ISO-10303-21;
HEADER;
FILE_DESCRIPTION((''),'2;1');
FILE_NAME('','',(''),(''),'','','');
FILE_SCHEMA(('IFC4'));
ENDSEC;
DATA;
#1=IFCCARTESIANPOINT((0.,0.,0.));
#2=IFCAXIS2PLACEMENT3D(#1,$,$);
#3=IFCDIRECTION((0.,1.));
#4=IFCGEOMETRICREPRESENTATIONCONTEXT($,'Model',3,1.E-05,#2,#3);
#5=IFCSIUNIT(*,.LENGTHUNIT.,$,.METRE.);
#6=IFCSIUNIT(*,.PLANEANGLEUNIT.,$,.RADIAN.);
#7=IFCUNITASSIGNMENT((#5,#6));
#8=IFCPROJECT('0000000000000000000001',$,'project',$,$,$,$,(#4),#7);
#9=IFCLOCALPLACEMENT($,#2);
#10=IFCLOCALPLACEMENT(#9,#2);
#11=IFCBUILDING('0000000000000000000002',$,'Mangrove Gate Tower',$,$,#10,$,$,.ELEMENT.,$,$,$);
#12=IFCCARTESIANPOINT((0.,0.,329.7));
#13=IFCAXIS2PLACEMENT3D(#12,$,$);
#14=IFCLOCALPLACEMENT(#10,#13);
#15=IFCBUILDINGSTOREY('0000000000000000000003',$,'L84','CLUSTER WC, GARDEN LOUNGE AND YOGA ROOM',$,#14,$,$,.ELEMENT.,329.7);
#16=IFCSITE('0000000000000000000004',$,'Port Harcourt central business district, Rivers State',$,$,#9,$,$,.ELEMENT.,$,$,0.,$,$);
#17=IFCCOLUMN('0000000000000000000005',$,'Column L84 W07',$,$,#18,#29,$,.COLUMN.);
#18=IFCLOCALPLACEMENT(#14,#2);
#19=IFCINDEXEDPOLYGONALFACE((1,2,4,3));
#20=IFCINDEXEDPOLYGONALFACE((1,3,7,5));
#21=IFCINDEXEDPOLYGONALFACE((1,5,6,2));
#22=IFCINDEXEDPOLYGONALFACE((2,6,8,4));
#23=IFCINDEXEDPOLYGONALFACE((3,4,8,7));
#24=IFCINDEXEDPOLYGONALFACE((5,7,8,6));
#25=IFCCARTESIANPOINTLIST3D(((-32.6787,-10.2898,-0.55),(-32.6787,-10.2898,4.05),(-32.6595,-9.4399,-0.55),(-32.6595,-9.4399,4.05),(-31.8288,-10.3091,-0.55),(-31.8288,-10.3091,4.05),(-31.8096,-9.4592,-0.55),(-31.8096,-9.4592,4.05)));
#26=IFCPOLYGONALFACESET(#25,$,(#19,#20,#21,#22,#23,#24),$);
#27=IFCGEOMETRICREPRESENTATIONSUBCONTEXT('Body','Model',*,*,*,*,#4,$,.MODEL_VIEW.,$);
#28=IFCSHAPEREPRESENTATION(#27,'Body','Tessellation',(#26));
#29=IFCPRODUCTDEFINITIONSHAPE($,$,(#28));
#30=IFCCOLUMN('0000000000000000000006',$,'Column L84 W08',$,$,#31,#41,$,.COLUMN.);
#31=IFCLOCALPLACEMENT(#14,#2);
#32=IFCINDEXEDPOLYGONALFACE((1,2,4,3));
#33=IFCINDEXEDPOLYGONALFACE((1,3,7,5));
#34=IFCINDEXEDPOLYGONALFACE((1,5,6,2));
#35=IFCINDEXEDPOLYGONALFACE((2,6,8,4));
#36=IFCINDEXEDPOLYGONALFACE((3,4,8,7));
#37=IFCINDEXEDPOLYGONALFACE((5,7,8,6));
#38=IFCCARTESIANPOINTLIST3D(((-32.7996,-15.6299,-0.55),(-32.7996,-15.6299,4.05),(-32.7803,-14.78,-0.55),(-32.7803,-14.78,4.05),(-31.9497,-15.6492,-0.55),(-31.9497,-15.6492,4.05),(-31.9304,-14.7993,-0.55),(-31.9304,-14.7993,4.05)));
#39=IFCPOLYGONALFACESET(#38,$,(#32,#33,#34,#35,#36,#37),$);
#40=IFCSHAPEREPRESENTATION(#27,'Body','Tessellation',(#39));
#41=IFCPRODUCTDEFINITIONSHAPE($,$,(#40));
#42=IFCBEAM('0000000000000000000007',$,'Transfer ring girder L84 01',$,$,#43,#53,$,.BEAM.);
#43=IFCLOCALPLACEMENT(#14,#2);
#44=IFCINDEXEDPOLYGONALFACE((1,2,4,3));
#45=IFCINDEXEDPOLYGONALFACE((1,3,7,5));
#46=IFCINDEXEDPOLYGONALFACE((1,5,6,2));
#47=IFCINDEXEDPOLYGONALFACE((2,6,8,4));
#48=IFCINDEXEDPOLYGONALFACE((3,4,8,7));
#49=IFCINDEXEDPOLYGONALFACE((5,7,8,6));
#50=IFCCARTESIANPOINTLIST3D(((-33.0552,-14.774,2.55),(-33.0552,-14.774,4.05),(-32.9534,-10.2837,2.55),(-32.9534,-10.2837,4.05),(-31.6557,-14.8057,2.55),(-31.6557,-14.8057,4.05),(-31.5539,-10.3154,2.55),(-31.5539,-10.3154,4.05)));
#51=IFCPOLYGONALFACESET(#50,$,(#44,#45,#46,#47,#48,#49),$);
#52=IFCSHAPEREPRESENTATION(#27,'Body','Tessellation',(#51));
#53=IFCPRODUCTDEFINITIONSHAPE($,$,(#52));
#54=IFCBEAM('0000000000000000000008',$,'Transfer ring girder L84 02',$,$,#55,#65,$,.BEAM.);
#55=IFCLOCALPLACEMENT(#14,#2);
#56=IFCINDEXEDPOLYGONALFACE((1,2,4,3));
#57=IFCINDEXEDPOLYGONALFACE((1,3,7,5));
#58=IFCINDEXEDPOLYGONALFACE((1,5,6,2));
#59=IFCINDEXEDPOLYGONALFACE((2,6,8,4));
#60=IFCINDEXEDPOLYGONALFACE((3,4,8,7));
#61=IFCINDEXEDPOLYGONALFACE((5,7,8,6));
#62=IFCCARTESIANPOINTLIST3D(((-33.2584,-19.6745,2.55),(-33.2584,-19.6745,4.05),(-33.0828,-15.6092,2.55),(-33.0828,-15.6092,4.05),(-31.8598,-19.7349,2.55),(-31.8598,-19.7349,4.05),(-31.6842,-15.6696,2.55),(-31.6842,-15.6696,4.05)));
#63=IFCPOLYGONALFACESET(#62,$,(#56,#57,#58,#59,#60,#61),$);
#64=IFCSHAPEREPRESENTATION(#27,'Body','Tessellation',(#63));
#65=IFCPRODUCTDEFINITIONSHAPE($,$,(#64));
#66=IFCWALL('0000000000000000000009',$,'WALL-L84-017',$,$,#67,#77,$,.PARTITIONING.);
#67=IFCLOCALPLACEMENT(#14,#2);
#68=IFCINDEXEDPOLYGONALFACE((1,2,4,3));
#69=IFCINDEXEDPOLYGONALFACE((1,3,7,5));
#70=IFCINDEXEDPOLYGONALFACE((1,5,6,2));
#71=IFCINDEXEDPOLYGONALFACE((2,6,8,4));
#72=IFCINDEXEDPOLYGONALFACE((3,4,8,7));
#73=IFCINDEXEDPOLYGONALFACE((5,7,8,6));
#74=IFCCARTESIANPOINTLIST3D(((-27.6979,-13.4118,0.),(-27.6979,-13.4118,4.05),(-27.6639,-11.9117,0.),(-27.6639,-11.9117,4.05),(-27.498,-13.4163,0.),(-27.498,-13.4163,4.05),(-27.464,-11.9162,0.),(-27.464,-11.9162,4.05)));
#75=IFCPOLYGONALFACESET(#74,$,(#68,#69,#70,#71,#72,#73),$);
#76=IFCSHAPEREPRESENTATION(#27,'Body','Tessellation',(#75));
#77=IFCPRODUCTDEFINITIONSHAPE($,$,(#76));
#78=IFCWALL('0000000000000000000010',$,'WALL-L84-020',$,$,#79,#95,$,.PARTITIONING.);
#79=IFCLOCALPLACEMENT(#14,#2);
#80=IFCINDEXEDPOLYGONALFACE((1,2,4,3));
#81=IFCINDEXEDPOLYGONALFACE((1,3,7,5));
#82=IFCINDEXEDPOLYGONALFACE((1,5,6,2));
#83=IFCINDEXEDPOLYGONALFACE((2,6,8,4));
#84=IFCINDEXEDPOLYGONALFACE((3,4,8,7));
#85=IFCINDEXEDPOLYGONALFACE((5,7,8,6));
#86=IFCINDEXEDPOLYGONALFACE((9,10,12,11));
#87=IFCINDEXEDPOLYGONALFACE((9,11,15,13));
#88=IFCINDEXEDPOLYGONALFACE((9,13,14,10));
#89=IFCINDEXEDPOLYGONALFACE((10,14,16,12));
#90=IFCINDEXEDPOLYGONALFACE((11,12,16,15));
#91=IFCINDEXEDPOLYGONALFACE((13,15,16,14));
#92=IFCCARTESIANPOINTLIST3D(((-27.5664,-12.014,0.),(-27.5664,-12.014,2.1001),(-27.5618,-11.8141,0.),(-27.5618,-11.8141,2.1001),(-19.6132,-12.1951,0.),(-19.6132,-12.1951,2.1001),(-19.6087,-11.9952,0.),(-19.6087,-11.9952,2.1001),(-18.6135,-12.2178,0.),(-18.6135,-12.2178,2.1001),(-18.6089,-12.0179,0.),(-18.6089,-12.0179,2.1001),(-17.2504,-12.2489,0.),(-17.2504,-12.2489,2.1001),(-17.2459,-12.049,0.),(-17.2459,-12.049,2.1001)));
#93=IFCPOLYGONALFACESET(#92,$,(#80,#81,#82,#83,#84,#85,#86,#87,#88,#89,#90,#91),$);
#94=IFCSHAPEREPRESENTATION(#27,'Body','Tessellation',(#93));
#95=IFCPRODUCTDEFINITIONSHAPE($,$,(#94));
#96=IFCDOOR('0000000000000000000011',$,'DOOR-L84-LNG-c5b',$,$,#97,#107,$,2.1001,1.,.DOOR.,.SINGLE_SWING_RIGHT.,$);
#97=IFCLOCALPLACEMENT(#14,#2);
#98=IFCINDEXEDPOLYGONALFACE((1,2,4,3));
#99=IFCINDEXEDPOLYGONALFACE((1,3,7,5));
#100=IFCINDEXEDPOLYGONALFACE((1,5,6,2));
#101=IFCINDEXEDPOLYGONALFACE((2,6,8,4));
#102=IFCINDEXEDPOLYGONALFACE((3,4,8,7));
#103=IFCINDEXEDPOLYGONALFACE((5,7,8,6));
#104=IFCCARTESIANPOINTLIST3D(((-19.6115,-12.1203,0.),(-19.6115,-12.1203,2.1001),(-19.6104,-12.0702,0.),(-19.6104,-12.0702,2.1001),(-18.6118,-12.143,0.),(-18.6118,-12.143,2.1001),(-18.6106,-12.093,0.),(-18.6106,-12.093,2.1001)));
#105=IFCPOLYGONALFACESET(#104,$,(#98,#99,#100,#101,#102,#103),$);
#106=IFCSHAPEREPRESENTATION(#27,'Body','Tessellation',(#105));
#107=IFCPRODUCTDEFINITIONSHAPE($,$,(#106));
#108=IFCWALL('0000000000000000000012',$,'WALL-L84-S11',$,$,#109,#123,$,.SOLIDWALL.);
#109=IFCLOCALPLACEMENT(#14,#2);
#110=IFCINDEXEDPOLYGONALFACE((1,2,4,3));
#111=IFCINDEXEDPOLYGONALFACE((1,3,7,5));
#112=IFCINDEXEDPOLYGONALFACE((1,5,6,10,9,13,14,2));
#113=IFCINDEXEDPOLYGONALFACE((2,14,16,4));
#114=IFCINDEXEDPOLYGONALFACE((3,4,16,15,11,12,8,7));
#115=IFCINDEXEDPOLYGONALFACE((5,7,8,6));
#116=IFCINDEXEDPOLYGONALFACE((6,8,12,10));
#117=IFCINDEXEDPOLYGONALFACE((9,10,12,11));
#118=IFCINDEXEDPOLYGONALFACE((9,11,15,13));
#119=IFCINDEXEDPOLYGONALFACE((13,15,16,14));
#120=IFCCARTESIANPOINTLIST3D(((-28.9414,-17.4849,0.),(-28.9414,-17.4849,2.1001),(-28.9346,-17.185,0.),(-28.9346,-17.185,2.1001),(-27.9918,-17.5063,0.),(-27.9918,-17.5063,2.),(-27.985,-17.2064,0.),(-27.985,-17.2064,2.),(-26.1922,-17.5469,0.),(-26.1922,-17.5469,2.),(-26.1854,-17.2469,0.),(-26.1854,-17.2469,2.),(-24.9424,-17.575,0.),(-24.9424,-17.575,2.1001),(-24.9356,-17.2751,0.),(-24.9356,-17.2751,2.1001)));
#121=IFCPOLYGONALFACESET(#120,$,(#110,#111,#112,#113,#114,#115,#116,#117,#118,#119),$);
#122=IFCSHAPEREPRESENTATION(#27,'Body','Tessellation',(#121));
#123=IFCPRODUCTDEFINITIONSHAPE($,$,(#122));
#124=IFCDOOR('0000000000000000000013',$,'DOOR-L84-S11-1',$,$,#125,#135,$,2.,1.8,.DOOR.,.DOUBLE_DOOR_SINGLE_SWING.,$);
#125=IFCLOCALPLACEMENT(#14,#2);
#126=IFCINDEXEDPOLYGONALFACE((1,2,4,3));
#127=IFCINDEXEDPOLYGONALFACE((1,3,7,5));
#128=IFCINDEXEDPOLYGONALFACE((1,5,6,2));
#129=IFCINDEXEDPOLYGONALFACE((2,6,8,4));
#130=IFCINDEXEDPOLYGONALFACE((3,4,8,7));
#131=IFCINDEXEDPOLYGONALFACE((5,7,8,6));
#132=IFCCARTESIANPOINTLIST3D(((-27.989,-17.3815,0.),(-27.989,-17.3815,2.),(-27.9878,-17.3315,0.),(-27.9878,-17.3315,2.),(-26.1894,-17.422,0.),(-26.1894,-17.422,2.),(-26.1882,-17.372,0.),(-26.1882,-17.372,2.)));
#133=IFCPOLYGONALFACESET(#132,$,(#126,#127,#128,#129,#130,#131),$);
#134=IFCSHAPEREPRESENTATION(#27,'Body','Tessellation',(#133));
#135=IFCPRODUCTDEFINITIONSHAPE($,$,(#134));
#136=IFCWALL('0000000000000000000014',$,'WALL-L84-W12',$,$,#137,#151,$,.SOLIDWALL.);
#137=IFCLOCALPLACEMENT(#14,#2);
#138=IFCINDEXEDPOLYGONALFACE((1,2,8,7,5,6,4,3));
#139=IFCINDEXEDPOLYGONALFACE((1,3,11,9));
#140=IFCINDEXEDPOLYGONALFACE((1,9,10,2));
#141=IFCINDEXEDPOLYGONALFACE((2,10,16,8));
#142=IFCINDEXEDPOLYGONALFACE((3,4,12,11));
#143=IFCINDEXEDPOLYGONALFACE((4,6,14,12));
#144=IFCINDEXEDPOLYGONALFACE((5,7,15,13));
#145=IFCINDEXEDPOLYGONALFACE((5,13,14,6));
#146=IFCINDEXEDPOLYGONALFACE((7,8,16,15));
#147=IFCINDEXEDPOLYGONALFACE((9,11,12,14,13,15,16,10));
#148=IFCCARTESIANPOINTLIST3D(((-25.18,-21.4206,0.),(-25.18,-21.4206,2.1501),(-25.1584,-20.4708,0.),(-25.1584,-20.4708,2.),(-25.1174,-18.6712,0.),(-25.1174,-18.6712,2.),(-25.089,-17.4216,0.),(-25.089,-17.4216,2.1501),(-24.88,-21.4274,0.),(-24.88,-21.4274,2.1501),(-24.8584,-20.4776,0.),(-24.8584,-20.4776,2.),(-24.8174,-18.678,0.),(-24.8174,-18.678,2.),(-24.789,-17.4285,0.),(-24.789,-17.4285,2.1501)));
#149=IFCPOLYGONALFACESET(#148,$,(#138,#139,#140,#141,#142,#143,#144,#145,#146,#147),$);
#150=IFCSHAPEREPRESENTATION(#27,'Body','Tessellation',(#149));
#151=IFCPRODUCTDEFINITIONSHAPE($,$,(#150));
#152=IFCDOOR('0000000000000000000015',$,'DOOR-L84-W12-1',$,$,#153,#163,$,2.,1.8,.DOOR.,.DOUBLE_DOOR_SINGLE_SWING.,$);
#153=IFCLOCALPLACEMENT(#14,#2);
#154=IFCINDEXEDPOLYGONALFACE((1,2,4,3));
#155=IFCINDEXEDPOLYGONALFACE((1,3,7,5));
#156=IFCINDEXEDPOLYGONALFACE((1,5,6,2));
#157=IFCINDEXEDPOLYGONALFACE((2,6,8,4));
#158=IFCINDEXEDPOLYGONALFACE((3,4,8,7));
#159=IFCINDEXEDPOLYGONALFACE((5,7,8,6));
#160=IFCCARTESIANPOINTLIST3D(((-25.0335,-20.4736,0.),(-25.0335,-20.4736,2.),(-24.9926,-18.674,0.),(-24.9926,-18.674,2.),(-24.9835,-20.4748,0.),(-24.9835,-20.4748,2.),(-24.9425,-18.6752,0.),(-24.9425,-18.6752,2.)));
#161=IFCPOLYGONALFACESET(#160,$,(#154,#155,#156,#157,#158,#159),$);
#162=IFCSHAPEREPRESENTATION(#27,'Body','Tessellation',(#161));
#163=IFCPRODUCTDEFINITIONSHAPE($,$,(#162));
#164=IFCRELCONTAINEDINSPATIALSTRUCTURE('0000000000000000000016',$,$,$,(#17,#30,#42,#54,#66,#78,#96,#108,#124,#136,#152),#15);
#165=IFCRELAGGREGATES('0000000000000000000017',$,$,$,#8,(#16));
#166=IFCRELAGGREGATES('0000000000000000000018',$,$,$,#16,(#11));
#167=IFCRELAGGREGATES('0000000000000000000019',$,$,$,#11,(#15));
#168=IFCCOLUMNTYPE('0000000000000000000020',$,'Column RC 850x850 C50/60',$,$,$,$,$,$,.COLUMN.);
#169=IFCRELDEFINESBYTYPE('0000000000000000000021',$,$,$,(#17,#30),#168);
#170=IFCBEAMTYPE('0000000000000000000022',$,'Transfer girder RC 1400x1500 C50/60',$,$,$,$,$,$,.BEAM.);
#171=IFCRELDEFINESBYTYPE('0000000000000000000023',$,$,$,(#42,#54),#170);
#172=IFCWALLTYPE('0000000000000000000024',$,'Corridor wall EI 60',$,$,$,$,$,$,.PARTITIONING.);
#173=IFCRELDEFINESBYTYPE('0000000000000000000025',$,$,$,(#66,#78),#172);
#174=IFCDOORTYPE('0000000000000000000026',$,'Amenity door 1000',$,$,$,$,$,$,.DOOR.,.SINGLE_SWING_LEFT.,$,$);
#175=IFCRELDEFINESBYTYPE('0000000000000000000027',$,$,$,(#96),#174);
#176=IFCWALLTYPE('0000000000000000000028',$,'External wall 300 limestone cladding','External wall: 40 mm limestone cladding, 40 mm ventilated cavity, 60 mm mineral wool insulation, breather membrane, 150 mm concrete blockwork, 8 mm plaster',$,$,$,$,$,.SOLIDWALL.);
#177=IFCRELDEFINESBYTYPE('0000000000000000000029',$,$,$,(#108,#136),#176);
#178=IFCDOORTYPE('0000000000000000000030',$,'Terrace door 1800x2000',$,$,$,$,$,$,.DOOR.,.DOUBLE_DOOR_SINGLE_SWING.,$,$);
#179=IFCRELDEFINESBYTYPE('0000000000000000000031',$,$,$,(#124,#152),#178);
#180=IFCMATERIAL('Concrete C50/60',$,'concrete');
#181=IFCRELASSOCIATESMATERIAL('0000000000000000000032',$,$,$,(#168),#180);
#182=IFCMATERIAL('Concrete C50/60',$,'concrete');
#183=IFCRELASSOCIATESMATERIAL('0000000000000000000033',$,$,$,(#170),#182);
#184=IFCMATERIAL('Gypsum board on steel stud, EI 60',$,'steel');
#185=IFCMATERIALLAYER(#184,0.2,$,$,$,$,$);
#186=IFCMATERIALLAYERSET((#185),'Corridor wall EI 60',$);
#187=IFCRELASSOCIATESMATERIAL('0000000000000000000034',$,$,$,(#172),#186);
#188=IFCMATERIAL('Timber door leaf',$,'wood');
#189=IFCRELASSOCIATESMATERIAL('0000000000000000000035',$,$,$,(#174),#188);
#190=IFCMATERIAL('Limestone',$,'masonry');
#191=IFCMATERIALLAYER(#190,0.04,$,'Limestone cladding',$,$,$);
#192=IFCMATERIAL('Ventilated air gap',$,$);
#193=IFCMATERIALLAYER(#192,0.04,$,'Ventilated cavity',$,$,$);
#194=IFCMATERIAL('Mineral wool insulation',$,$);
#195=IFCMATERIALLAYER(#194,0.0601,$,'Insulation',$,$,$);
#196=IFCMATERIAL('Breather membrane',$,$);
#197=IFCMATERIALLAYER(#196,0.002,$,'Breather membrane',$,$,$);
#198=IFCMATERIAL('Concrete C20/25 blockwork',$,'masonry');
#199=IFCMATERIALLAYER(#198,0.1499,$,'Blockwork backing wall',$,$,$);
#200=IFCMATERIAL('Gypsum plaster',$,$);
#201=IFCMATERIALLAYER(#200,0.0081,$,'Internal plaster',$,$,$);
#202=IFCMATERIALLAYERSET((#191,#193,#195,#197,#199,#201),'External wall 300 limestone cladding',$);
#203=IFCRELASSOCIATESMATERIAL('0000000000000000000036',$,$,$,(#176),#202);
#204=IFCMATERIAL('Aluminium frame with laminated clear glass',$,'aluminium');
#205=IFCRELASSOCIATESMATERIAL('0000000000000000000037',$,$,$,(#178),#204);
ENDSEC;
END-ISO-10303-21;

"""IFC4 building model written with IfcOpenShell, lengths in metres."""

from ifc_helpers import new_model, si_unit, direction, frame, frame_2d, origin, origin_2d, place, context, subcontext, project, spatial, rectangle, extrude, material, layer, layer_set, material_profile, profile_set, type_object, element, fill, save


model = new_model("IFC4")

# Units and contexts
model_context = context("Model", 3, precision=1e-05, world=origin(), true_north=direction((0.0, 1.0)))
body_context = subcontext(model_context, "Body", "Model", "MODEL_VIEW")
ifc_project = project(units=[si_unit("LENGTHUNIT", "METRE"), si_unit("PLANEANGLEUNIT", "RADIAN")], contexts=[model_context])

# Site, building, storey
site_placement = place(None, origin())
site = spatial("IfcSite", under=ifc_project, at=site_placement, Name="Port Harcourt central business district, Rivers State", CompositionType="ELEMENT", RefElevation=0.0)
building_placement = place(site_placement, origin())
building = spatial("IfcBuilding", under=site, at=building_placement, Name="Mangrove Gate Tower", CompositionType="ELEMENT")
storey_placement = place(building_placement, frame((0.0, 0.0, 329.7)))
storey = spatial("IfcBuildingStorey", under=building, at=storey_placement, Name="L84", Description="CLUSTER WC, GARDEN LOUNGE AND YOGA ROOM", CompositionType="ELEMENT", Elevation=329.7)

# Columns
ifc_material_1 = material(Name="Concrete C50/60", Category="concrete")
ifc_material_profile_1 = material_profile(ifc_material_1, rectangle(XDim=0.8501, YDim=0.8501, at=origin_2d()))
ifc_profile_set_1 = profile_set([ifc_material_profile_1], Name="Concrete C50/60")
column_type = type_object("IfcColumnType", Name="Column RC 850x850 C50/60", PredefinedType="COLUMN", material=ifc_profile_set_1)
for number, where, z_axis, x_axis, name in (
    (1, (-32.2441, -9.8745, -0.55), (0.0, 0.0, 1.0), (-0.022653, -0.999743, 0.0), "Column L84 W07"),
    (2, (-32.365, -15.2146, -0.55), (0.0, 0.0, 1.0), (-0.022747, -0.999741, 0.0), "Column L84 W08"),
):
    element("IfcColumn", number, at=place(storey_placement, frame(where, z_axis=z_axis, x_axis=x_axis)), inside=storey, type_object=column_type, Name=name, PredefinedType="COLUMN", context=body_context, shape_type="SweptSolid", body=[
        extrude(rectangle(XDim=0.8501, YDim=0.8501, at=origin_2d()), origin(), (0.0, 0.0, 1.0), 4.6001),
    ])

# Beams
ifc_material_2 = material(Name="Concrete C50/60", Category="concrete")
ifc_material_profile_2 = material_profile(ifc_material_2, rectangle(XDim=1.3999, YDim=1.5, at=origin_2d()))
ifc_profile_set_2 = profile_set([ifc_material_profile_2], Name="Concrete C50/60")
beam_type = type_object("IfcBeamType", Name="Transfer girder RC 1400x1500 C50/60", PredefinedType="BEAM", material=ifc_profile_set_2)
beam_1_placement = place(storey_placement, frame((-32.2537, -10.2996, 3.3), z_axis=(-0.022667, -0.999743, 0.0), x_axis=(0.999743, -0.022667, 0.0)))
element("IfcBeam", 3, at=beam_1_placement, inside=storey, type_object=beam_type, Name="Transfer ring girder L84 01", PredefinedType="BEAM", context=body_context, shape_type="SweptSolid", body=[
    extrude(rectangle(XDim=1.3999, YDim=1.5, at=origin_2d()), origin(), (0.0, 0.0, 1.0), 4.4915),
])
beam_2_placement = place(storey_placement, frame((-32.3835, -15.6394, 3.3), z_axis=(-0.04314, -0.999069, 0.0), x_axis=(0.999069, -0.04314, 0.0)))
element("IfcBeam", 4, at=beam_2_placement, inside=storey, type_object=beam_type, Name="Transfer ring girder L84 02", PredefinedType="BEAM", context=body_context, shape_type="SweptSolid", body=[
    extrude(rectangle(XDim=1.3999, YDim=1.5, at=origin_2d()), origin(), (0.0, 0.0, 1.0), 4.0691),
])

# Shared definitions
ifc_material_3 = material(Name="Gypsum board on steel stud, EI 60", Category="steel")
ifc_layer_1 = layer(ifc_material_3, 0.2)
ifc_layer_set_1 = layer_set([ifc_layer_1], Name="Corridor wall EI 60")
wall_type_1 = type_object("IfcWallType", Name="Corridor wall EI 60", PredefinedType="PARTITIONING", material=ifc_layer_set_1)
ifc_material_4 = material(Name="Timber door leaf", Category="wood")
door_type_1 = type_object("IfcDoorType", Name="Amenity door 1000", OperationType="SINGLE_SWING_LEFT", PredefinedType="DOOR", material=ifc_material_4)

# Wall
wall_1_placement = place(storey_placement, frame((-27.5979, -13.4141, 0.0), z_axis=(0.0, 0.0, 1.0), x_axis=(0.022618, 0.999744, 0.0)))
element("IfcWall", 5, at=wall_1_placement, inside=storey, type_object=wall_type_1, Name="WALL-L84-017", PredefinedType="PARTITIONING", context=body_context, shape_type="SweptSolid", body=[
    extrude(rectangle(XDim=1.5005, YDim=0.2, at=frame_2d((0.7502, 0.0))), origin(), (0.0, 0.0, 1.0), 4.05),
])

# Walls, openings, doors
wall_2_placement = place(storey_placement, frame((-27.564, -11.9141, 0.0), z_axis=(0.0, 0.0, 1.0), x_axis=(0.999741, -0.022761, 0.0)))
wall_2 = element("IfcWall", 6, at=wall_2_placement, inside=storey, type_object=wall_type_1, Name="WALL-L84-020", PredefinedType="PARTITIONING", context=body_context, shape_type="SweptSolid", body=[
    extrude(rectangle(XDim=10.3186, YDim=0.2, at=frame_2d((5.1592, 0.0))), origin(), (0.0, 0.0, 1.0), 2.1001),
])
opening_1_placement = place(wall_2_placement, frame((7.9551, 0.0, 0.0)))
opening_1 = element("IfcOpeningElement", 7, at=opening_1_placement, cuts=wall_2, PredefinedType="OPENING", context=body_context, shape_type="SweptSolid", body=[
    extrude(rectangle(XDim=1.0, YDim=2.1001, at=frame_2d((0.5, 1.05))), frame((0.0, 0.1099, 0.0), z_axis=(0.0, -1.0, 0.0), x_axis=(1.0, 0.0, 0.0)), (0.0, 0.0, 1.0), 0.22),
])
door_1_placement = place(opening_1_placement, origin())
door_1 = element("IfcDoor", 8, at=door_1_placement, inside=storey, type_object=door_type_1, Name="DOOR-L84-LNG-c5b", OperationType="SINGLE_SWING_RIGHT", OverallHeight=2.1001, OverallWidth=1.0, PredefinedType="DOOR", context=body_context, shape_type="SweptSolid", body=[
    extrude(rectangle(XDim=1.0, YDim=2.1001, at=frame_2d((0.5, 1.05))), frame((0.0, 0.0249, 0.0), z_axis=(0.0, -1.0, 0.0), x_axis=(1.0, 0.0, 0.0)), (0.0, 0.0, 1.0), 0.05),
])
fill(opening_1, door_1)
ifc_material_5 = material(Name="Limestone", Category="masonry")
ifc_layer_2 = layer(ifc_material_5, 0.04, Name="Limestone cladding")
ifc_material_6 = material(Name="Ventilated air gap")
ifc_layer_3 = layer(ifc_material_6, 0.04, Name="Ventilated cavity")
ifc_material_7 = material(Name="Mineral wool insulation")
ifc_layer_4 = layer(ifc_material_7, 0.0601, Name="Insulation")
ifc_material_8 = material(Name="Breather membrane")
ifc_layer_5 = layer(ifc_material_8, 0.002, Name="Breather membrane")
ifc_material_9 = material(Name="Concrete C20/25 blockwork", Category="masonry")
ifc_layer_6 = layer(ifc_material_9, 0.1499, Name="Blockwork backing wall")
ifc_material_10 = material(Name="Gypsum plaster")
ifc_layer_7 = layer(ifc_material_10, 0.0081, Name="Internal plaster")
ifc_layer_set_2 = layer_set([ifc_layer_2, ifc_layer_3, ifc_layer_4, ifc_layer_5, ifc_layer_6, ifc_layer_7], Name="External wall 300 limestone cladding")
wall_type_2 = type_object("IfcWallType", Name="External wall 300 limestone cladding", Description="External wall: 40 mm limestone cladding, 40 mm ventilated cavity, 60 mm mineral wool insulation, breather membrane, 150 mm concrete blockwork, 8 mm plaster", PredefinedType="SOLIDWALL", material=ifc_layer_set_2)
wall_3_placement = place(storey_placement, frame((-28.938, -17.335, 0.0), z_axis=(0.0, 0.0, 1.0), x_axis=(0.999746, -0.022522, 0.0)))
wall_3 = element("IfcWall", 9, at=wall_3_placement, inside=storey, type_object=wall_type_2, Name="WALL-L84-S11", PredefinedType="SOLIDWALL", context=body_context, shape_type="SweptSolid", body=[
    extrude(rectangle(XDim=4.0, YDim=0.3, at=frame_2d((2.0, 0.0))), origin(), (0.0, 0.0, 1.0), 2.1001),
])
opening_2_placement = place(wall_3_placement, frame((0.95, 0.0, 0.0)))
opening_2 = element("IfcOpeningElement", 10, at=opening_2_placement, cuts=wall_3, PredefinedType="OPENING", context=body_context, shape_type="SweptSolid", body=[
    extrude(rectangle(XDim=1.8, YDim=2.0, at=frame_2d((0.8999, 1.0))), frame((0.0, 0.1599, 0.0), z_axis=(0.0, -1.0, 0.0), x_axis=(1.0, 0.0, 0.0)), (0.0, 0.0, 1.0), 0.3201),
])
ifc_material_11 = material(Name="Aluminium frame with laminated clear glass", Category="aluminium")
door_type_2 = type_object("IfcDoorType", Name="Terrace door 1800x2000", OperationType="DOUBLE_DOOR_SINGLE_SWING", PredefinedType="DOOR", material=ifc_material_11)
door_2_placement = place(opening_2_placement, origin())
door_2 = element("IfcDoor", 11, at=door_2_placement, inside=storey, type_object=door_type_2, Name="DOOR-L84-S11-1", OperationType="DOUBLE_DOOR_SINGLE_SWING", OverallHeight=2.0, OverallWidth=1.8, PredefinedType="DOOR", context=body_context, shape_type="SweptSolid", body=[
    extrude(rectangle(XDim=1.8, YDim=2.0, at=frame_2d((0.8999, 1.0))), frame((0.0, 0.0249, 0.0), z_axis=(0.0, -1.0, 0.0), x_axis=(1.0, 0.0, 0.0)), (0.0, 0.0, 1.0), 0.05),
])
fill(opening_2, door_2)
wall_4_placement = place(storey_placement, frame((-24.939, -17.425, 0.0), z_axis=(0.0, 0.0, 1.0), x_axis=(-0.022766, -0.999741, 0.0)))
wall_4 = element("IfcWall", 12, at=wall_4_placement, inside=storey, type_object=wall_type_2, Name="WALL-L84-W12", PredefinedType="SOLIDWALL", context=body_context, shape_type="SweptSolid", body=[
    extrude(rectangle(XDim=4.0, YDim=0.3, at=frame_2d((2.0, 0.0))), origin(), (0.0, 0.0, 1.0), 2.1501),
])
opening_3_placement = place(wall_4_placement, frame((1.25, 0.0, 0.0)))
opening_3 = element("IfcOpeningElement", 13, at=opening_3_placement, cuts=wall_4, PredefinedType="OPENING", context=body_context, shape_type="SweptSolid", body=[
    extrude(rectangle(XDim=1.8, YDim=2.0, at=frame_2d((0.8999, 1.0))), frame((0.0, 0.1599, 0.0), z_axis=(0.0, -1.0, 0.0), x_axis=(1.0, 0.0, 0.0)), (0.0, 0.0, 1.0), 0.3201),
])
door_3_placement = place(opening_3_placement, origin())
door_3 = element("IfcDoor", 14, at=door_3_placement, inside=storey, type_object=door_type_2, Name="DOOR-L84-W12-1", OperationType="DOUBLE_DOOR_SINGLE_SWING", OverallHeight=2.0, OverallWidth=1.8, PredefinedType="DOOR", context=body_context, shape_type="SweptSolid", body=[
    extrude(rectangle(XDim=1.8, YDim=2.0, at=frame_2d((0.8999, 1.0))), frame((0.0, 0.0249, 0.0), z_axis=(0.0, -1.0, 0.0), x_axis=(1.0, 0.0, 0.0)), (0.0, 0.0, 1.0), 0.05),
])
fill(opening_3, door_3)

save(model, "model.ifc")
